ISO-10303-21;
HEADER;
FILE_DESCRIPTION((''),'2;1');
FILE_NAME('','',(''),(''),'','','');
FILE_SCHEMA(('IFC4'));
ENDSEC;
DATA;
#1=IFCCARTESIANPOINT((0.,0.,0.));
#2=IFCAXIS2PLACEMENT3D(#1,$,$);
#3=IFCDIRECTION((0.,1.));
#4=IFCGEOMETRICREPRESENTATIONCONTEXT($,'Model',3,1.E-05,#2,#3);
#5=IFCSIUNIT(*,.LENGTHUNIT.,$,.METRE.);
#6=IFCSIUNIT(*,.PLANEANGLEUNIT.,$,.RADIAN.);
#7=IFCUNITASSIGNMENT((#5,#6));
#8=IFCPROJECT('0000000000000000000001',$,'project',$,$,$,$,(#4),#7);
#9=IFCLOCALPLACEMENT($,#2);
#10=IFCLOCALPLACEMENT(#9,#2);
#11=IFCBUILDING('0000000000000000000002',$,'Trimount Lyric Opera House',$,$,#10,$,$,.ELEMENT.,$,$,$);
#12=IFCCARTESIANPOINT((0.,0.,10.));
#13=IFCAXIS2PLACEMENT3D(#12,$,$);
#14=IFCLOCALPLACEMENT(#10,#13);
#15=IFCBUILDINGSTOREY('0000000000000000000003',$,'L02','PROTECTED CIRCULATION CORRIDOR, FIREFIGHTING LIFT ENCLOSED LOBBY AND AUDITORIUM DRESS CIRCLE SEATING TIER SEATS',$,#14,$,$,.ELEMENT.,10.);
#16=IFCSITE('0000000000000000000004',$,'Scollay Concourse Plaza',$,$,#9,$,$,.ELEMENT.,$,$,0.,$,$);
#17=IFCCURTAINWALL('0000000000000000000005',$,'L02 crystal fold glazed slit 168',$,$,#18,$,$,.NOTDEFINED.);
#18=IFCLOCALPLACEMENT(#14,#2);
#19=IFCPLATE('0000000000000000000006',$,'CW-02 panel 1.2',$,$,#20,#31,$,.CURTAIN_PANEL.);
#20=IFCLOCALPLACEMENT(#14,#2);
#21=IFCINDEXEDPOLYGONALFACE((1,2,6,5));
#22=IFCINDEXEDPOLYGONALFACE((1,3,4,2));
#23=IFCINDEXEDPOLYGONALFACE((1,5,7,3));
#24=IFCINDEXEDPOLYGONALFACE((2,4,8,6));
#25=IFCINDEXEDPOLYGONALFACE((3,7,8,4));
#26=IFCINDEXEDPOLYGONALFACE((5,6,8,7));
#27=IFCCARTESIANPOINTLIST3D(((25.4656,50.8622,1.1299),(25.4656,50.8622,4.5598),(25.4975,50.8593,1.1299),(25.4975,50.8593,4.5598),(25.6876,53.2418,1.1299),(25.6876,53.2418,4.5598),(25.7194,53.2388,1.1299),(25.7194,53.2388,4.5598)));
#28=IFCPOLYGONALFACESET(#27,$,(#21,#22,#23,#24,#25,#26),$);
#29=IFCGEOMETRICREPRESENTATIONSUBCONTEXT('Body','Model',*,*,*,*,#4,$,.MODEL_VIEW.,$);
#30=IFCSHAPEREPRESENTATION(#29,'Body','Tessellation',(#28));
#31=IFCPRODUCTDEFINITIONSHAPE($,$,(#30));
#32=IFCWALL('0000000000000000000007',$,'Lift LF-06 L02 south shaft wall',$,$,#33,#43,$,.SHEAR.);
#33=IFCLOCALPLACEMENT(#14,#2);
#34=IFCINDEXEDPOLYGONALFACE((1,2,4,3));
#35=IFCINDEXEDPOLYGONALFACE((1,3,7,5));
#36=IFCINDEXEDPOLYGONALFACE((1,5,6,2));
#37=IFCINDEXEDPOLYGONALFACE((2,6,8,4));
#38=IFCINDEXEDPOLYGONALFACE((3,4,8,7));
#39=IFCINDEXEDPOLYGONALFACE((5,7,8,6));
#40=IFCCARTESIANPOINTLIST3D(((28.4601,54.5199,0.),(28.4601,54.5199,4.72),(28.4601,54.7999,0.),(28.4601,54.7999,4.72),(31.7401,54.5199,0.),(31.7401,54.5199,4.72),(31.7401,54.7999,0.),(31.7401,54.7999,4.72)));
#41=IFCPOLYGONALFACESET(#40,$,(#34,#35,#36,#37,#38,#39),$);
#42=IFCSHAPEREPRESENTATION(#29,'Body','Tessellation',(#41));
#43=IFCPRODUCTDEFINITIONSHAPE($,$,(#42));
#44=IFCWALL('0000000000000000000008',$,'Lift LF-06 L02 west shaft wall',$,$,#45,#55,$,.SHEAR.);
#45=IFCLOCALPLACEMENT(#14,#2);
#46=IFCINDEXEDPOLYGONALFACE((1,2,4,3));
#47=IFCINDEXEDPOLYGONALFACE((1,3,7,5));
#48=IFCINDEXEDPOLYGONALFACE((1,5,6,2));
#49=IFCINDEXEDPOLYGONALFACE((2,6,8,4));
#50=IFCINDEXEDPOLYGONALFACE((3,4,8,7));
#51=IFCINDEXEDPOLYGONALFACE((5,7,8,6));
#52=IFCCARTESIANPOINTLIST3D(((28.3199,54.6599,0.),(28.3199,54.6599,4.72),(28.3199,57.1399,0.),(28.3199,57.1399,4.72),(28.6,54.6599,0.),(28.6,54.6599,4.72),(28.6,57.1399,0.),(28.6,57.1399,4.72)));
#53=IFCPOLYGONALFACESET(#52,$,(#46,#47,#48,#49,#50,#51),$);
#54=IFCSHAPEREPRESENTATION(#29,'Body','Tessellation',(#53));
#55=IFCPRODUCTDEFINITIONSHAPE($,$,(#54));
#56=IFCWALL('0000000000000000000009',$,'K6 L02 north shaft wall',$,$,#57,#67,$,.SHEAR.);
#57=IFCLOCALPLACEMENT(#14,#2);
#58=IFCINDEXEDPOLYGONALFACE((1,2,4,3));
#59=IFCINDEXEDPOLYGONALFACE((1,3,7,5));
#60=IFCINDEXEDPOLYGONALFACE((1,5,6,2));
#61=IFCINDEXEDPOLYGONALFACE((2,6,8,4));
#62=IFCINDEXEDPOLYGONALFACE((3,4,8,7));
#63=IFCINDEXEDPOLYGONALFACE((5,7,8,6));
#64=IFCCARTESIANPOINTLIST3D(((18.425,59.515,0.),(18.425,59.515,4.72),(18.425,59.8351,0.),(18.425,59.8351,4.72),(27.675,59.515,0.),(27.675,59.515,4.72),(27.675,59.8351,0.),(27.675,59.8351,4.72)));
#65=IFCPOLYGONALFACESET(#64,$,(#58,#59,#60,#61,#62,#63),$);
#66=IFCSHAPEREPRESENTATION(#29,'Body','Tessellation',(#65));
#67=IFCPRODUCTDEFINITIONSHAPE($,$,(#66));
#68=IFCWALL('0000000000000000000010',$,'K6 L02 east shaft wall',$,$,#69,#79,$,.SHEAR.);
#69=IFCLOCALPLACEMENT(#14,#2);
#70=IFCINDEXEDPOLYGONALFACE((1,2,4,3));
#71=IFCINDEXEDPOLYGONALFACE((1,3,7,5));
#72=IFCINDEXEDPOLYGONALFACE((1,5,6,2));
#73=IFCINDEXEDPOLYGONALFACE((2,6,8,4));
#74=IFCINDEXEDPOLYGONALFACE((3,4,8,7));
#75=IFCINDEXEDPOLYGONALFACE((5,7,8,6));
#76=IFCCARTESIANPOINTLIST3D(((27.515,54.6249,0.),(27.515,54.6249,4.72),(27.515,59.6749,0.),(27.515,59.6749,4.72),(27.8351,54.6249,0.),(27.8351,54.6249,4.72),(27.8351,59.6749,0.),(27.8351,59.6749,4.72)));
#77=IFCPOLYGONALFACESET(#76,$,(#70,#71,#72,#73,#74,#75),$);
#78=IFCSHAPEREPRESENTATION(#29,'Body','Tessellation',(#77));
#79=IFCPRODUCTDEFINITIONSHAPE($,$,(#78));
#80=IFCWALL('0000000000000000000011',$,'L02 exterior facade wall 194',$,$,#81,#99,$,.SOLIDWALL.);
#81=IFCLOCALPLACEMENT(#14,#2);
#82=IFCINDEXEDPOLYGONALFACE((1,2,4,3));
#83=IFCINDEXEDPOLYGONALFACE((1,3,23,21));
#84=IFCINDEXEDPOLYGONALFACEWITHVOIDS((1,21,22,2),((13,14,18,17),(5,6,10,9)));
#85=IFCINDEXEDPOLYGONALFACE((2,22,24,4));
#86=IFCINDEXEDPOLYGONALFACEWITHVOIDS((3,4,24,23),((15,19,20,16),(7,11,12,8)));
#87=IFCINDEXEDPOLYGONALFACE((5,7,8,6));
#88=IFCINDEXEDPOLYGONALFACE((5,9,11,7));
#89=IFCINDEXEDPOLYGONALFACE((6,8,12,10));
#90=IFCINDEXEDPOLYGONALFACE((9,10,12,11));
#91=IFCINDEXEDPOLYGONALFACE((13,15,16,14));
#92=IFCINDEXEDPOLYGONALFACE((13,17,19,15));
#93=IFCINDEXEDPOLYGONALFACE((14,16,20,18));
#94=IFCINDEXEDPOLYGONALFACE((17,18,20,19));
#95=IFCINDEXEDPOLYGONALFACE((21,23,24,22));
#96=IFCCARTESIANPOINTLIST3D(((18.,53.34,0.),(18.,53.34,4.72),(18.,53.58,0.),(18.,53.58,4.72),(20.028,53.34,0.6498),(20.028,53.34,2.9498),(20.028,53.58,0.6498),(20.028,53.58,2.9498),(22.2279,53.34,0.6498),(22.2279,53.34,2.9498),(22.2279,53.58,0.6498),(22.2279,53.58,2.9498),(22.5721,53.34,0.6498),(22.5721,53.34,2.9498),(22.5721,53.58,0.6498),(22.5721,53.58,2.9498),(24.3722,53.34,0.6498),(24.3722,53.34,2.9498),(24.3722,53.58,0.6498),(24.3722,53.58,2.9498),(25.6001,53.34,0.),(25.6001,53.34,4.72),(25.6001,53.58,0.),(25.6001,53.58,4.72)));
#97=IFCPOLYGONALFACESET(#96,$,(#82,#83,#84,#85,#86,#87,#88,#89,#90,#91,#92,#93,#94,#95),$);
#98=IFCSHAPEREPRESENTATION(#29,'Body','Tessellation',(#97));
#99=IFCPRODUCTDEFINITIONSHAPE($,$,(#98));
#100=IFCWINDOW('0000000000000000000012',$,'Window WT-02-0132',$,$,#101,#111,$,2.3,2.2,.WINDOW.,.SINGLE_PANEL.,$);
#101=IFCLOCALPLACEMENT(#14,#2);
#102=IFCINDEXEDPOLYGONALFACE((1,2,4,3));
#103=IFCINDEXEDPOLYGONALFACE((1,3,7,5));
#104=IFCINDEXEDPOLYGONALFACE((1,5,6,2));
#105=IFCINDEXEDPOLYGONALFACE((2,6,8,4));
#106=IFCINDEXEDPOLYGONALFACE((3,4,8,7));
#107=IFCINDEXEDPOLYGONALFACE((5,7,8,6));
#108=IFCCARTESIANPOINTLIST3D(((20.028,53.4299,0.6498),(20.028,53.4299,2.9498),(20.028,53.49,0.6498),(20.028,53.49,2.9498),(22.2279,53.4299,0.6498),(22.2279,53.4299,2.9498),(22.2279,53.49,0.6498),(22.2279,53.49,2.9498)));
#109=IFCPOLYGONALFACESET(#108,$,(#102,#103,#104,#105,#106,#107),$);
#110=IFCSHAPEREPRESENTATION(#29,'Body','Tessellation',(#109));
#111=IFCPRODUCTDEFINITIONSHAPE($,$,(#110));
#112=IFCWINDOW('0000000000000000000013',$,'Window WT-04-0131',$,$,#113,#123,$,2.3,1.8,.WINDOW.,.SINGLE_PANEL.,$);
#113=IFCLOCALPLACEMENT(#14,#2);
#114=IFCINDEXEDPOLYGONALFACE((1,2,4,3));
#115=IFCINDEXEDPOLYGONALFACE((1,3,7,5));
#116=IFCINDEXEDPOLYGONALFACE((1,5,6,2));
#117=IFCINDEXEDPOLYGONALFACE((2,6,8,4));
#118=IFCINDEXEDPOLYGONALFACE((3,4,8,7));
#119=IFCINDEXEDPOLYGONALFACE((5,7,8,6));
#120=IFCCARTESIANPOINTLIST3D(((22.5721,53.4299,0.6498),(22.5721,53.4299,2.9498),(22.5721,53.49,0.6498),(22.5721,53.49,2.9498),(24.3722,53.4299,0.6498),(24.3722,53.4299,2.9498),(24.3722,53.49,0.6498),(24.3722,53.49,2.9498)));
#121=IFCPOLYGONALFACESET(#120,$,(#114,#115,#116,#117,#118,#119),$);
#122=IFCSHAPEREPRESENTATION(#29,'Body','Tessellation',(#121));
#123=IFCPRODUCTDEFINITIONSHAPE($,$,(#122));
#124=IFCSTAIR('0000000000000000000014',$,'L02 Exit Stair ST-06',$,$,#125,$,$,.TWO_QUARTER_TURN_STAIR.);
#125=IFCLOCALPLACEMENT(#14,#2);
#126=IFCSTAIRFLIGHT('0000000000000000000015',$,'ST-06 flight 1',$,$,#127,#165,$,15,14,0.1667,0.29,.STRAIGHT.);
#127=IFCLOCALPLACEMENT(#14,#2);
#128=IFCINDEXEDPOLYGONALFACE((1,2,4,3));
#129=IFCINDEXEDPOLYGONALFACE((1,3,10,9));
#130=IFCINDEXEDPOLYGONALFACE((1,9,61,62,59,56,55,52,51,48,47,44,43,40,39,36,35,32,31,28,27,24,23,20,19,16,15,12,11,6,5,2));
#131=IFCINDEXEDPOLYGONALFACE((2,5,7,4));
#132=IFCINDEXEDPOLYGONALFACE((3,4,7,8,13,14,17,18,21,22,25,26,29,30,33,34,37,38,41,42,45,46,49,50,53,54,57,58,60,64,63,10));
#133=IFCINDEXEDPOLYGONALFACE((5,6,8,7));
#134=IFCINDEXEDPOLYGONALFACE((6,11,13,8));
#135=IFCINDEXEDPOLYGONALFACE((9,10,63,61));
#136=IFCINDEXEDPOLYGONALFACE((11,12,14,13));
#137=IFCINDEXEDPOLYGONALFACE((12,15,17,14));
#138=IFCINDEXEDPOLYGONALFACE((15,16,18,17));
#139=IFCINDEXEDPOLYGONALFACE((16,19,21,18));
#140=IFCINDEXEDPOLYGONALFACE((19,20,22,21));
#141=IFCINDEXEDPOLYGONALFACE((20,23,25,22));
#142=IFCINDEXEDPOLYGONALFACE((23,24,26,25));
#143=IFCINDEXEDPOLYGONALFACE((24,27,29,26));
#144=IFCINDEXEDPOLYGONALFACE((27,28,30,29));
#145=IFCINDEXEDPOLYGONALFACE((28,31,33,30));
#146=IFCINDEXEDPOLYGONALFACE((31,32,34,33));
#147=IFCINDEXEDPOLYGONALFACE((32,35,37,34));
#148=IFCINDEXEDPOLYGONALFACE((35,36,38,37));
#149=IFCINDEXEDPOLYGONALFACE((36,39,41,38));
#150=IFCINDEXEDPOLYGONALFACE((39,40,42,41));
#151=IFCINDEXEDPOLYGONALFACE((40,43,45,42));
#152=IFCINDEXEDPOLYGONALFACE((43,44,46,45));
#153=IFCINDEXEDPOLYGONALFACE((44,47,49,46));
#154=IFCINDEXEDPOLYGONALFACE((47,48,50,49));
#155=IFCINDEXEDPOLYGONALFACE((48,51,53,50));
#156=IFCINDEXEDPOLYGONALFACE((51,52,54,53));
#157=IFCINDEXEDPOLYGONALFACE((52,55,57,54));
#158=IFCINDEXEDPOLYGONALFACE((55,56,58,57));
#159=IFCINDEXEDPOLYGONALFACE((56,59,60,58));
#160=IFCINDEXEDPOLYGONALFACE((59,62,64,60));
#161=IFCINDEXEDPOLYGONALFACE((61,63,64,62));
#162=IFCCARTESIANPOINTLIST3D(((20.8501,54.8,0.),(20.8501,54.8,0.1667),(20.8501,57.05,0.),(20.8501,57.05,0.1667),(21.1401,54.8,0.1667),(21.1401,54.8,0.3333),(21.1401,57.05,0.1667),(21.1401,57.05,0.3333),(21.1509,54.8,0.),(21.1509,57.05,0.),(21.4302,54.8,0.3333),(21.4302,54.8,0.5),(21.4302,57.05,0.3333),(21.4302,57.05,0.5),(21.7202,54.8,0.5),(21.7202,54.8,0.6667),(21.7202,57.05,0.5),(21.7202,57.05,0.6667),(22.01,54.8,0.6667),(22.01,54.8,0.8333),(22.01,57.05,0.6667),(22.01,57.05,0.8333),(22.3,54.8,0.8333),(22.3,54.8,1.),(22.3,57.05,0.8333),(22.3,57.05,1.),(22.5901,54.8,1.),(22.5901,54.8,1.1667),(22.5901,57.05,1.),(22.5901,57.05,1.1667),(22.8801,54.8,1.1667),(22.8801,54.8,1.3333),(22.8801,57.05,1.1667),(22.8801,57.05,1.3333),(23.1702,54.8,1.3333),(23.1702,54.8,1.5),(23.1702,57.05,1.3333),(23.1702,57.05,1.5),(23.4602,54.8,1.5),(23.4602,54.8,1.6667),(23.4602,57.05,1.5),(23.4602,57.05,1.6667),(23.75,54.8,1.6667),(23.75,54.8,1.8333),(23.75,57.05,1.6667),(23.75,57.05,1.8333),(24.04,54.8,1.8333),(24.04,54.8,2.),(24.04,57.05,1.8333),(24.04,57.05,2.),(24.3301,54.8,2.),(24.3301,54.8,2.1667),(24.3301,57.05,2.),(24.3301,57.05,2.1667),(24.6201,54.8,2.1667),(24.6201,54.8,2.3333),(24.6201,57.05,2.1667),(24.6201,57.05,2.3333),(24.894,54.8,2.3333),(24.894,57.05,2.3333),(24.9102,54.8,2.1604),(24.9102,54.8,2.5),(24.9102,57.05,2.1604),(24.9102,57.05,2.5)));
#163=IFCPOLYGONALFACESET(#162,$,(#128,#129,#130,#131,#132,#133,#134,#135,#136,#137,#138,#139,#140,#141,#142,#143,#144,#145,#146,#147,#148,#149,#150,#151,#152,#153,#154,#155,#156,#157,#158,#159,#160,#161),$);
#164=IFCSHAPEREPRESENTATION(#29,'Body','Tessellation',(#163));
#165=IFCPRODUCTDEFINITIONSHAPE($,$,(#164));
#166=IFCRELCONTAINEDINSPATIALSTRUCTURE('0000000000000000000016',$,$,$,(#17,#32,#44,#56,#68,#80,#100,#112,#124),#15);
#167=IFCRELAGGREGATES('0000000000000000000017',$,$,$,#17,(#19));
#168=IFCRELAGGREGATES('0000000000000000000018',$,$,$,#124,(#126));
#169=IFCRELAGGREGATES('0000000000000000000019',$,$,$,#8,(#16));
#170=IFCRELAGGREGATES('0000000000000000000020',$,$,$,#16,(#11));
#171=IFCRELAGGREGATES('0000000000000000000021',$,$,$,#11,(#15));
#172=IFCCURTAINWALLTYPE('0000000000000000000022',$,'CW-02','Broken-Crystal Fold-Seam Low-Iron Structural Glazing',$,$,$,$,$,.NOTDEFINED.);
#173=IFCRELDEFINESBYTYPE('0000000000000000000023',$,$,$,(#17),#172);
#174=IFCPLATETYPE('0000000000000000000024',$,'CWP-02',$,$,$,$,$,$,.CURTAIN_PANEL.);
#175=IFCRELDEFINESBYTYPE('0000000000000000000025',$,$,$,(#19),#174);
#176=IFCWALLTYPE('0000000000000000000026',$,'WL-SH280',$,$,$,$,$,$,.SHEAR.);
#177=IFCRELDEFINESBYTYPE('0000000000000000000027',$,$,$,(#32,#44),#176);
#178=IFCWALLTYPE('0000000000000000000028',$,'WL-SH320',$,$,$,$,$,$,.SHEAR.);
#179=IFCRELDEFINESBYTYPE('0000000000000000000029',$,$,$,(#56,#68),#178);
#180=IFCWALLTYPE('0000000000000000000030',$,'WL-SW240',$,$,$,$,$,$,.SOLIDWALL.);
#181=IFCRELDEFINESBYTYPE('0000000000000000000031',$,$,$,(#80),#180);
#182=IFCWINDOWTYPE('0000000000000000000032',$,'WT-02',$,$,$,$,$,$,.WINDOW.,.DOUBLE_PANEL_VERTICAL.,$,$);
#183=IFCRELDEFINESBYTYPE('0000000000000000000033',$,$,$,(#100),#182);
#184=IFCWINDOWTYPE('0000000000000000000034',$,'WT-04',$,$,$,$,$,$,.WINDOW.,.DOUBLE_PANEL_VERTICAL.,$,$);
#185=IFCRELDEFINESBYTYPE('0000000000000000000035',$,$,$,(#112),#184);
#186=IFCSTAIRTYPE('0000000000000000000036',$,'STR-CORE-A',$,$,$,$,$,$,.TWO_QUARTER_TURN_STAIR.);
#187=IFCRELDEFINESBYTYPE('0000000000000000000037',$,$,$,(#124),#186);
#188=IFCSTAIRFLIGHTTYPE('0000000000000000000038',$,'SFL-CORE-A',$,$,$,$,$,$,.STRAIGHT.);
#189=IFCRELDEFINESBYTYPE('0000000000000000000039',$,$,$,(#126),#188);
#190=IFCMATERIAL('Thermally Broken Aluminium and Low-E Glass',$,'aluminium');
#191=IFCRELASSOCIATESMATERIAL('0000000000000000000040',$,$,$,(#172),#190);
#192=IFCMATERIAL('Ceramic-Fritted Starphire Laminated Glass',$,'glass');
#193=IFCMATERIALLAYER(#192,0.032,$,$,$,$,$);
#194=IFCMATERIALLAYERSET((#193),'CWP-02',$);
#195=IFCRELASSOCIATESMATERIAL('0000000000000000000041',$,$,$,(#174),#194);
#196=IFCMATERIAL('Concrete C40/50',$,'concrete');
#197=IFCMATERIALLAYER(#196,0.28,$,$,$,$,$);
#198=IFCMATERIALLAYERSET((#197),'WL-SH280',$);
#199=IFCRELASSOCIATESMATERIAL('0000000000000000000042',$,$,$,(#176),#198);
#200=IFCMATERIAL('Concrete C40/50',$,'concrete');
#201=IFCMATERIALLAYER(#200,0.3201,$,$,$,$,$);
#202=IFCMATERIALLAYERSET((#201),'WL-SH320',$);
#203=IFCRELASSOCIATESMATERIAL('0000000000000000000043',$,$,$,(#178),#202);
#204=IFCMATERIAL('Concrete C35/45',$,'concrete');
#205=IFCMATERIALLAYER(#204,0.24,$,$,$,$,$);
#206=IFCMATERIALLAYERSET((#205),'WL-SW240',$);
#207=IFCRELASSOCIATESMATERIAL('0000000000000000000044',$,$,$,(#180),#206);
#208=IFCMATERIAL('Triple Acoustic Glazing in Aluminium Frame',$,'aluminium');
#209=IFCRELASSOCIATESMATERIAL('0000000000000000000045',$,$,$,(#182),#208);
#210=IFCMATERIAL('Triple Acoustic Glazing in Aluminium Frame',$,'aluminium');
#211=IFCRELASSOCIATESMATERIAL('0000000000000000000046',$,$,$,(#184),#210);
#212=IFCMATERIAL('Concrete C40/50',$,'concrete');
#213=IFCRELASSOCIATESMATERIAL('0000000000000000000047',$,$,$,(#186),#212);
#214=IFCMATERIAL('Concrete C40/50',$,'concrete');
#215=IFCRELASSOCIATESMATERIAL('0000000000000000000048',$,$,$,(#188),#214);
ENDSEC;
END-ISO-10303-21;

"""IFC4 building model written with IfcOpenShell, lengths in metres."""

from ifc_helpers import new_model, si_unit, direction, frame, frame_2d, origin, origin_2d, place, context, subcontext, project, spatial, polyline, rectangle, outline, extrude, material, layer, layer_set, type_object, element, fill, aggregate, save


model = new_model("IFC4")

# Units and contexts
model_context = context("Model", 3, precision=1e-05, world=origin(), true_north=direction((0.0, 1.0)))
body_context = subcontext(model_context, "Body", "Model", "MODEL_VIEW")
ifc_project = project(units=[si_unit("LENGTHUNIT", "METRE"), si_unit("PLANEANGLEUNIT", "RADIAN")], contexts=[model_context])

# Site, building, storey
site_placement = place(None, origin())
site = spatial("IfcSite", under=ifc_project, at=site_placement, Name="Scollay Concourse Plaza", CompositionType="ELEMENT", RefElevation=0.0)
building_placement = place(site_placement, origin())
building = spatial("IfcBuilding", under=site, at=building_placement, Name="Trimount Lyric Opera House", CompositionType="ELEMENT")
storey_placement = place(building_placement, frame((0.0, 0.0, 10.0)))
storey = spatial("IfcBuildingStorey", under=building, at=storey_placement, Name="L02", Description="PROTECTED CIRCULATION CORRIDOR, FIREFIGHTING LIFT ENCLOSED LOBBY AND AUDITORIUM DRESS CIRCLE SEATING TIER SEATS", CompositionType="ELEMENT", Elevation=10.0)

# Curtain wall, plate
ifc_material_1 = material(Name="Thermally Broken Aluminium and Low-E Glass", Category="aluminium")
curtain_wall_type = type_object("IfcCurtainWallType", Name="CW-02", Description="Broken-Crystal Fold-Seam Low-Iron Structural Glazing", PredefinedType="NOTDEFINED", material=ifc_material_1)
curtain_wall_placement = place(storey_placement, origin())
curtain_wall = element("IfcCurtainWall", 1, at=curtain_wall_placement, inside=storey, type_object=curtain_wall_type, Name="L02 crystal fold glazed slit 168", PredefinedType="NOTDEFINED")
ifc_material_2 = material(Name="Ceramic-Fritted Starphire Laminated Glass", Category="glass")
ifc_layer_1 = layer(ifc_material_2, 0.032)
ifc_layer_set_1 = layer_set([ifc_layer_1], Name="CWP-02")
plate_type = type_object("IfcPlateType", Name="CWP-02", PredefinedType="CURTAIN_PANEL", material=ifc_layer_set_1)
plate_1_placement = place(storey_placement, frame((25.5925, 52.0505, 1.1299), z_axis=(0.0, 0.0, 1.0), x_axis=(0.092888, 0.995677, 0.0)))
plate_1 = element("IfcPlate", 2, at=plate_1_placement, type_object=plate_type, Name="CW-02 panel 1.2", PredefinedType="CURTAIN_PANEL", context=body_context, shape_type="SweptSolid", body=[
    extrude(rectangle(XDim=2.3899, YDim=0.032, at=origin_2d()), origin(), (0.0, 0.0, 1.0), 3.4299),
])
aggregate(curtain_wall, [plate_1])

# Walls
ifc_material_3 = material(Name="Concrete C40/50", Category="concrete")
ifc_layer_2 = layer(ifc_material_3, 0.28)
ifc_layer_set_2 = layer_set([ifc_layer_2], Name="WL-SH280")
wall_type_1 = type_object("IfcWallType", Name="WL-SH280", PredefinedType="SHEAR", material=ifc_layer_set_2)
wall_1_placement = place(storey_placement, frame((28.46, 54.6599, 0.0), z_axis=(0.0, 0.0, 1.0), x_axis=(1.0, 0.0, 0.0)))
element("IfcWall", 3, at=wall_1_placement, inside=storey, type_object=wall_type_1, Name="Lift LF-06 L02 south shaft wall", PredefinedType="SHEAR", context=body_context, shape_type="SweptSolid", body=[
    extrude(rectangle(XDim=3.28, YDim=0.28, at=frame_2d((1.6401, 0.0))), origin(), (0.0, 0.0, 1.0), 4.72),
])
wall_2_placement = place(storey_placement, frame((28.46, 57.1399, 0.0), z_axis=(0.0, 0.0, 1.0), x_axis=(0.0, -1.0, 0.0)))
element("IfcWall", 4, at=wall_2_placement, inside=storey, type_object=wall_type_1, Name="Lift LF-06 L02 west shaft wall", PredefinedType="SHEAR", context=body_context, shape_type="SweptSolid", body=[
    extrude(rectangle(XDim=2.48, YDim=0.28, at=frame_2d((1.24, 0.0))), origin(), (0.0, 0.0, 1.0), 4.72),
])
ifc_material_4 = material(Name="Concrete C40/50", Category="concrete")
ifc_layer_3 = layer(ifc_material_4, 0.3201)
ifc_layer_set_3 = layer_set([ifc_layer_3], Name="WL-SH320")
wall_type_2 = type_object("IfcWallType", Name="WL-SH320", PredefinedType="SHEAR", material=ifc_layer_set_3)
wall_3_placement = place(storey_placement, frame((27.675, 59.675, 0.0), z_axis=(0.0, 0.0, 1.0), x_axis=(-1.0, 0.0, 0.0)))
element("IfcWall", 5, at=wall_3_placement, inside=storey, type_object=wall_type_2, Name="K6 L02 north shaft wall", PredefinedType="SHEAR", context=body_context, shape_type="SweptSolid", body=[
    extrude(rectangle(XDim=9.25, YDim=0.3201, at=frame_2d((4.625, 0.0))), origin(), (0.0, 0.0, 1.0), 4.72),
])
wall_4_placement = place(storey_placement, frame((27.675, 54.625, 0.0), z_axis=(0.0, 0.0, 1.0), x_axis=(0.0, 1.0, 0.0)))
element("IfcWall", 6, at=wall_4_placement, inside=storey, type_object=wall_type_2, Name="K6 L02 east shaft wall", PredefinedType="SHEAR", context=body_context, shape_type="SweptSolid", body=[
    extrude(rectangle(XDim=5.05, YDim=0.3201, at=frame_2d((2.5249, 0.0))), origin(), (0.0, 0.0, 1.0), 4.72),
])

# Wall, openings, windows
ifc_material_5 = material(Name="Concrete C35/45", Category="concrete")
ifc_layer_4 = layer(ifc_material_5, 0.24)
ifc_layer_set_4 = layer_set([ifc_layer_4], Name="WL-SW240")
wall_type_3 = type_object("IfcWallType", Name="WL-SW240", PredefinedType="SOLIDWALL", material=ifc_layer_set_4)
wall_5_placement = place(storey_placement, frame((25.6001, 53.46, 0.0), z_axis=(0.0, 0.0, 1.0), x_axis=(-1.0, 0.0, 0.0)))
wall_5 = element("IfcWall", 7, at=wall_5_placement, inside=storey, type_object=wall_type_3, Name="L02 exterior facade wall 194", PredefinedType="SOLIDWALL", context=body_context, shape_type="SweptSolid", body=[
    extrude(rectangle(XDim=7.6001, YDim=0.24, at=frame_2d((3.8, 0.0))), origin(), (0.0, 0.0, 1.0), 4.72),
])
opening_1_placement = place(wall_5_placement, frame((1.228, 0.0, 0.6499)))
opening_1 = element("IfcOpeningElement", 8, at=opening_1_placement, cuts=wall_5, PredefinedType="OPENING", context=body_context, shape_type="SweptSolid", body=[
    extrude(rectangle(XDim=1.8, YDim=2.3, at=frame_2d((0.8999, 1.1499))), frame((0.0, 0.1299, 0.0), z_axis=(0.0, -1.0, 0.0), x_axis=(1.0, 0.0, 0.0)), (0.0, 0.0, 1.0), 0.26),
])
opening_2_placement = place(wall_5_placement, frame((3.3721, 0.0, 0.6499)))
opening_2 = element("IfcOpeningElement", 9, at=opening_2_placement, cuts=wall_5, PredefinedType="OPENING", context=body_context, shape_type="SweptSolid", body=[
    extrude(rectangle(XDim=2.2, YDim=2.3, at=frame_2d((1.1001, 1.1499))), frame((0.0, 0.1299, 0.0), z_axis=(0.0, -1.0, 0.0), x_axis=(1.0, 0.0, 0.0)), (0.0, 0.0, 1.0), 0.26),
])
ifc_material_6 = material(Name="Triple Acoustic Glazing in Aluminium Frame", Category="aluminium")
window_type_1 = type_object("IfcWindowType", Name="WT-02", PartitioningType="DOUBLE_PANEL_VERTICAL", PredefinedType="WINDOW", material=ifc_material_6)
window_1_placement = place(opening_2_placement, origin())
window_1 = element("IfcWindow", 10, at=window_1_placement, inside=storey, type_object=window_type_1, Name="Window WT-02-0132", OverallHeight=2.3, OverallWidth=2.2, PartitioningType="SINGLE_PANEL", PredefinedType="WINDOW", context=body_context, shape_type="SweptSolid", body=[
    extrude(rectangle(XDim=2.2, YDim=2.3, at=frame_2d((1.1001, 1.1499))), frame((0.0, 0.03, 0.0), z_axis=(0.0, -1.0, 0.0), x_axis=(1.0, 0.0, 0.0)), (0.0, 0.0, 1.0), 0.0601),
])
fill(opening_2, window_1)
ifc_material_7 = material(Name="Triple Acoustic Glazing in Aluminium Frame", Category="aluminium")
window_type_2 = type_object("IfcWindowType", Name="WT-04", PartitioningType="DOUBLE_PANEL_VERTICAL", PredefinedType="WINDOW", material=ifc_material_7)
window_2_placement = place(opening_1_placement, origin())
window_2 = element("IfcWindow", 11, at=window_2_placement, inside=storey, type_object=window_type_2, Name="Window WT-04-0131", OverallHeight=2.3, OverallWidth=1.8, PartitioningType="SINGLE_PANEL", PredefinedType="WINDOW", context=body_context, shape_type="SweptSolid", body=[
    extrude(rectangle(XDim=1.8, YDim=2.3, at=frame_2d((0.8999, 1.1499))), frame((0.0, 0.03, 0.0), z_axis=(0.0, -1.0, 0.0), x_axis=(1.0, 0.0, 0.0)), (0.0, 0.0, 1.0), 0.0601),
])
fill(opening_1, window_2)

# Stair, stair flight
ifc_material_8 = material(Name="Concrete C40/50", Category="concrete")
stair_type = type_object("IfcStairType", Name="STR-CORE-A", PredefinedType="TWO_QUARTER_TURN_STAIR", material=ifc_material_8)
stair_placement = place(storey_placement, origin())
stair = element("IfcStair", 12, at=stair_placement, inside=storey, type_object=stair_type, Name="L02 Exit Stair ST-06", PredefinedType="TWO_QUARTER_TURN_STAIR")
ifc_material_9 = material(Name="Concrete C40/50", Category="concrete")
stair_flight_type = type_object("IfcStairFlightType", Name="SFL-CORE-A", PredefinedType="STRAIGHT", material=ifc_material_9)
stair_flight_1_placement = place(storey_placement, frame((20.8501, 55.925, 0.0), z_axis=(0.0, 0.0, 1.0), x_axis=(1.0, 0.0, 0.0)))
stair_flight_1 = element("IfcStairFlight", 13, at=stair_flight_1_placement, type_object=stair_flight_type, Name="ST-06 flight 1", NumberOfRisers=15, NumberOfTreads=14, PredefinedType="STRAIGHT", RiserHeight=0.1667, TreadLength=0.29, context=body_context, shape_type="SweptSolid", body=[
    extrude(outline(polyline([(0.0, 0.0), (0.0, 0.1667), (0.29, 0.1667), (0.29, 0.3333), (0.5801, 0.3333), (0.5801, 0.5), (0.8701, 0.5), (0.8701, 0.6667), (1.1599, 0.6667), (1.1599, 0.8333), (1.45, 0.8333), (1.45, 1.0), (1.74, 1.0), (1.74, 1.1667), (2.03, 1.1667), (2.03, 1.3333), (2.3201, 1.3333), (2.3201, 1.5), (2.6101, 1.5), (2.6101, 1.6667), (2.8999, 1.6667), (2.8999, 1.8333), (3.1899, 1.8333), (3.1899, 2.0), (3.48, 2.0), (3.48, 2.1667), (3.77, 2.1667), (3.77, 2.3333), (4.0439, 2.3333), (4.0601, 2.5), (4.0601, 2.1604), (0.3008, 0.0), (0.0, 0.0)])), frame((0.0, 1.125, 0.0), z_axis=(0.0, -1.0, 0.0), x_axis=(1.0, 0.0, 0.0)), (0.0, 0.0, 1.0), 2.25),
])
aggregate(stair, [stair_flight_1])

save(model, "model.ifc")
